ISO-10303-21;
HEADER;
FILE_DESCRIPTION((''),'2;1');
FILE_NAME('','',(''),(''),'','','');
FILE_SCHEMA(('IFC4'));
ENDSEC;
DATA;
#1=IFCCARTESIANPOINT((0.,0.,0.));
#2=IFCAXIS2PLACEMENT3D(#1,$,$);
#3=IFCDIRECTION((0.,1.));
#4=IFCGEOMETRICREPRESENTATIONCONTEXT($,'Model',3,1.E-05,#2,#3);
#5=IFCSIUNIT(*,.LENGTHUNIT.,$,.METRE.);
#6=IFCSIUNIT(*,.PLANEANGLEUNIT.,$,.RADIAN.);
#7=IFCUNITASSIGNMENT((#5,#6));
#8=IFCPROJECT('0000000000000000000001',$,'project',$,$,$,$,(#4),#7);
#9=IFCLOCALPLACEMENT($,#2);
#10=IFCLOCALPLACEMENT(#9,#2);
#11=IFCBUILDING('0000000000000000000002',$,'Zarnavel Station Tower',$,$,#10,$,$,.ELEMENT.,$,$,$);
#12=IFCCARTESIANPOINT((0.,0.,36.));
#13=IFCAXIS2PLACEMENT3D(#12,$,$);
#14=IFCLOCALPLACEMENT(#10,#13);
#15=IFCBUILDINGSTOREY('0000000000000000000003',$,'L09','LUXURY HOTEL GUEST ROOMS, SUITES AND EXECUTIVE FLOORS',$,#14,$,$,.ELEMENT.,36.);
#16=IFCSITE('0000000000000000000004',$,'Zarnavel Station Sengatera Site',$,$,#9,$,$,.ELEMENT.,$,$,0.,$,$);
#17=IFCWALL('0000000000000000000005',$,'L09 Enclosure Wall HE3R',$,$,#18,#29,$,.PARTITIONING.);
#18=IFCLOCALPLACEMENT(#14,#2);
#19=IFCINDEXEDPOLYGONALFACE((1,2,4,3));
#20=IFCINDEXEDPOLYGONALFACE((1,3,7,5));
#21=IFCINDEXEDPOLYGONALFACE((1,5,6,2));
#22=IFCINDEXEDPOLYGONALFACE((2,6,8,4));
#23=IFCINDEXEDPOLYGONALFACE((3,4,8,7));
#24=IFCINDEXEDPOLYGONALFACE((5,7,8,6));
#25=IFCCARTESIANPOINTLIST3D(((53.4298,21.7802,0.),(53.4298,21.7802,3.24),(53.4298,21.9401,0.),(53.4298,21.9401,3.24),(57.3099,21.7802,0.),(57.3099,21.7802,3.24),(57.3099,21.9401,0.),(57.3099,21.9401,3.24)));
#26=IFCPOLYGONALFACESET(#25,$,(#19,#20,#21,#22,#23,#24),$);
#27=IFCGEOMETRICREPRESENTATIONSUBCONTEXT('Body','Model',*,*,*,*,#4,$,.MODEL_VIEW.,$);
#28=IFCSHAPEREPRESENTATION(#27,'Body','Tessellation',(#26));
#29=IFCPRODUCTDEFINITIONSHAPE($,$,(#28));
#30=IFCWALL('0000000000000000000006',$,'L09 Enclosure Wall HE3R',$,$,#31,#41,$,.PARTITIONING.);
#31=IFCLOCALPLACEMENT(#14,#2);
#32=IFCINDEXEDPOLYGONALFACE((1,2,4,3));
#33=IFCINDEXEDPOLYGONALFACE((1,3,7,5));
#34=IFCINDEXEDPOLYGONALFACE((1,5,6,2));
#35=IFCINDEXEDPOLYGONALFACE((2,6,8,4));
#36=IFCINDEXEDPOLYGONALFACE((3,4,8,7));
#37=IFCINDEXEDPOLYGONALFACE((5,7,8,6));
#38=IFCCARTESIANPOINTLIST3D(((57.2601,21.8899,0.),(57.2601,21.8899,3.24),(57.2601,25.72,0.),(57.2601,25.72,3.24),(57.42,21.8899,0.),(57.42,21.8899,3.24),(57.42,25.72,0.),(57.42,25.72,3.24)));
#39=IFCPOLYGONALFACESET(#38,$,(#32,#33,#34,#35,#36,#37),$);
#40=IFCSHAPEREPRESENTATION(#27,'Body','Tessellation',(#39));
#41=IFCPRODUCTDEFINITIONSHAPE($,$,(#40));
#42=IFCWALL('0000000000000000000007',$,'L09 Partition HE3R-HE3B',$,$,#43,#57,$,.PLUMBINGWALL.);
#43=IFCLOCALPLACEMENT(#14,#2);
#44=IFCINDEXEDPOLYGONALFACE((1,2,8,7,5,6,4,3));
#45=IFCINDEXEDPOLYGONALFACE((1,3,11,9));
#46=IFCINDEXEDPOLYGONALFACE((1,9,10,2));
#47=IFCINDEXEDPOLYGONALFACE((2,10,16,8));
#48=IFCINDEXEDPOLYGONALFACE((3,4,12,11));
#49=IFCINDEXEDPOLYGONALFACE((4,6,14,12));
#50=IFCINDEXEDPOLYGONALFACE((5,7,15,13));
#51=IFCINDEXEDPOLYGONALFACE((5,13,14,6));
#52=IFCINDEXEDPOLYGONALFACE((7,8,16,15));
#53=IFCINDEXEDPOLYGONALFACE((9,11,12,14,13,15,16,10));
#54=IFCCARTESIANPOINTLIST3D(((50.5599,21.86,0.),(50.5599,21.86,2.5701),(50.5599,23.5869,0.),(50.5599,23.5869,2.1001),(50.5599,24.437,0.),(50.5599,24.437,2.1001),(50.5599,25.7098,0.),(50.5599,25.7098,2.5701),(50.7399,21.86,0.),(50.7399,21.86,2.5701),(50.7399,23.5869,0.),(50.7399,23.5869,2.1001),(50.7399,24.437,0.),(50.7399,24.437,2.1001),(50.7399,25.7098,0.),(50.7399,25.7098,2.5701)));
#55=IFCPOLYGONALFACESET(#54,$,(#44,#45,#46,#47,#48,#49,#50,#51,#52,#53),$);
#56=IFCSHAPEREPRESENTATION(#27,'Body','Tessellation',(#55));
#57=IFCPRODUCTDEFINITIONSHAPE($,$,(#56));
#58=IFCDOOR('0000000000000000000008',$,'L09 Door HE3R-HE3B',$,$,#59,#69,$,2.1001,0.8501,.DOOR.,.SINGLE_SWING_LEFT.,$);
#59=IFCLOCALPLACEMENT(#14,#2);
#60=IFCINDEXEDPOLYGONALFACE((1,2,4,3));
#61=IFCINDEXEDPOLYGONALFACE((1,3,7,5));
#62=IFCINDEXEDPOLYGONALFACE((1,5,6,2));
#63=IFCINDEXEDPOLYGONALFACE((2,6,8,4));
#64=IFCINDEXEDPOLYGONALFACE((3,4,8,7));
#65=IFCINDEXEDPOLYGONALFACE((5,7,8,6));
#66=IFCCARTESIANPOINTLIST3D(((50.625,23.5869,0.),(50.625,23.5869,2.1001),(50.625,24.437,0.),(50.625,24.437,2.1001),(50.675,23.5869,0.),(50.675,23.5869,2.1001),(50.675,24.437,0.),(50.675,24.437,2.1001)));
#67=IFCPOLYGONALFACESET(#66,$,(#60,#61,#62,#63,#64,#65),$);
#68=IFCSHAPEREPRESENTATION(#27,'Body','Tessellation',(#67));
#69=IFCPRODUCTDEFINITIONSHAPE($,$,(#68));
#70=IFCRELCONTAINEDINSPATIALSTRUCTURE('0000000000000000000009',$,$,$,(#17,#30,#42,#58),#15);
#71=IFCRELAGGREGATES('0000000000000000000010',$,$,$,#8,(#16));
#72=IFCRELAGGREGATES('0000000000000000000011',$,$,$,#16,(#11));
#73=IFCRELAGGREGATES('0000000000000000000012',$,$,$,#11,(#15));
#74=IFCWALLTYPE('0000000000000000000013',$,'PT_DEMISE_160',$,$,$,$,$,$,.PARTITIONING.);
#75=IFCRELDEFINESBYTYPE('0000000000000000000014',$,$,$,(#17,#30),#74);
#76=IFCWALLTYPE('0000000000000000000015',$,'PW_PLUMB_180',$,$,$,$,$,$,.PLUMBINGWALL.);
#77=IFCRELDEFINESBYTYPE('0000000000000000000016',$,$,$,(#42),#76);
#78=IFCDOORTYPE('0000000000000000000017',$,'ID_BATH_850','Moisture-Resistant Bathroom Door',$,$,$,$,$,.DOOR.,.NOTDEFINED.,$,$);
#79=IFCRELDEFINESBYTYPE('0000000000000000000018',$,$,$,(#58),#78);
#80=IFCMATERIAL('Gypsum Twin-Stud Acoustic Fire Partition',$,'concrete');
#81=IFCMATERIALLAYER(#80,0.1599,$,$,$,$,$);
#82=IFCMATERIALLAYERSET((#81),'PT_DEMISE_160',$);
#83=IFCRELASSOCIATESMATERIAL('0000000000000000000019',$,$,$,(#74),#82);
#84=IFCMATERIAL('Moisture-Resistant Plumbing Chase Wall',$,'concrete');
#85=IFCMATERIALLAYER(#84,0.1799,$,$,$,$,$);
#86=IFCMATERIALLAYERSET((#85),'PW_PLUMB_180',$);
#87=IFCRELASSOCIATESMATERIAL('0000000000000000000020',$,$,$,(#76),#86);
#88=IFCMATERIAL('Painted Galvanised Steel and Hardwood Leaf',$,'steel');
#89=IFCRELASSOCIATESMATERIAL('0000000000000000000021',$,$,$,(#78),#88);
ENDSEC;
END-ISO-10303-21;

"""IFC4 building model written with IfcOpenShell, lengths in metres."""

from ifc_helpers import new_model, si_unit, direction, frame, frame_2d, origin, place, context, subcontext, project, spatial, rectangle, extrude, material, layer, layer_set, type_object, element, fill, save


model = new_model("IFC4")

# Units and contexts
model_context = context("Model", 3, precision=1e-05, world=origin(), true_north=direction((0.0, 1.0)))
body_context = subcontext(model_context, "Body", "Model", "MODEL_VIEW")
ifc_project = project(units=[si_unit("LENGTHUNIT", "METRE"), si_unit("PLANEANGLEUNIT", "RADIAN")], contexts=[model_context])

# Site, building, storey
site_placement = place(None, origin())
site = spatial("IfcSite", under=ifc_project, at=site_placement, Name="Zarnavel Station Sengatera Site", CompositionType="ELEMENT", RefElevation=0.0)
building_placement = place(site_placement, origin())
building = spatial("IfcBuilding", under=site, at=building_placement, Name="Zarnavel Station Tower", CompositionType="ELEMENT")
storey_placement = place(building_placement, frame((0.0, 0.0, 36.0)))
storey = spatial("IfcBuildingStorey", under=building, at=storey_placement, Name="L09", Description="LUXURY HOTEL GUEST ROOMS, SUITES AND EXECUTIVE FLOORS", CompositionType="ELEMENT", Elevation=36.0)

# Shared definitions
ifc_material_1 = material(Name="Gypsum Twin-Stud Acoustic Fire Partition", Category="concrete")
ifc_layer_1 = layer(ifc_material_1, 0.1599)
ifc_layer_set_1 = layer_set([ifc_layer_1], Name="PT_DEMISE_160")
wall_type_1 = type_object("IfcWallType", Name="PT_DEMISE_160", PredefinedType="PARTITIONING", material=ifc_layer_set_1)

# Walls
wall_1_placement = place(storey_placement, frame((53.4299, 21.8601, 0.0), z_axis=(0.0, 0.0, 1.0), x_axis=(1.0, 0.0, 0.0)))
element("IfcWall", 1, at=wall_1_placement, inside=storey, type_object=wall_type_1, Name="L09 Enclosure Wall HE3R", PredefinedType="PARTITIONING", context=body_context, shape_type="SweptSolid", body=[
    extrude(rectangle(XDim=3.8801, YDim=0.1599, at=frame_2d((1.9399, 0.0))), origin(), (0.0, 0.0, 1.0), 3.24),
])
wall_2_placement = place(storey_placement, frame((57.3401, 21.8899, 0.0), z_axis=(0.0, 0.0, 1.0), x_axis=(0.0, 1.0, 0.0)))
element("IfcWall", 2, at=wall_2_placement, inside=storey, type_object=wall_type_1, Name="L09 Enclosure Wall HE3R", PredefinedType="PARTITIONING", context=body_context, shape_type="SweptSolid", body=[
    extrude(rectangle(XDim=3.8301, YDim=0.1599, at=frame_2d((1.915, 0.0))), origin(), (0.0, 0.0, 1.0), 3.24),
])

# Wall, opening, door
ifc_material_2 = material(Name="Moisture-Resistant Plumbing Chase Wall", Category="concrete")
ifc_layer_2 = layer(ifc_material_2, 0.1799)
ifc_layer_set_2 = layer_set([ifc_layer_2], Name="PW_PLUMB_180")
wall_type_2 = type_object("IfcWallType", Name="PW_PLUMB_180", PredefinedType="PLUMBINGWALL", material=ifc_layer_set_2)
wall_3_placement = place(storey_placement, frame((50.6499, 21.8601, 0.0), z_axis=(0.0, 0.0, 1.0), x_axis=(0.0, 1.0, 0.0)))
wall_3 = element("IfcWall", 3, at=wall_3_placement, inside=storey, type_object=wall_type_2, Name="L09 Partition HE3R-HE3B", PredefinedType="PLUMBINGWALL", context=body_context, shape_type="SweptSolid", body=[
    extrude(rectangle(XDim=3.8499, YDim=0.1799, at=frame_2d((1.9248, 0.0))), origin(), (0.0, 0.0, 1.0), 2.5701),
])
opening_1_placement = place(wall_3_placement, frame((1.7268, 0.0, 0.0)))
opening_1 = element("IfcOpeningElement", 4, at=opening_1_placement, cuts=wall_3, PredefinedType="OPENING", context=body_context, shape_type="SweptSolid", body=[
    extrude(rectangle(XDim=0.8501, YDim=2.1001, at=frame_2d((0.425, 1.05))), frame((0.0, 0.0999, 0.0), z_axis=(0.0, -1.0, 0.0), x_axis=(1.0, 0.0, 0.0)), (0.0, 0.0, 1.0), 0.2),
])
ifc_material_3 = material(Name="Painted Galvanised Steel and Hardwood Leaf", Category="steel")
door_type_1 = type_object("IfcDoorType", Name="ID_BATH_850", Description="Moisture-Resistant Bathroom Door", OperationType="NOTDEFINED", PredefinedType="DOOR", material=ifc_material_3)
door_1_placement = place(opening_1_placement, origin())
door_1 = element("IfcDoor", 5, at=door_1_placement, inside=storey, type_object=door_type_1, Name="L09 Door HE3R-HE3B", OperationType="SINGLE_SWING_LEFT", OverallHeight=2.1001, OverallWidth=0.8501, PredefinedType="DOOR", context=body_context, shape_type="SweptSolid", body=[
    extrude(rectangle(XDim=0.8501, YDim=2.1001, at=frame_2d((0.425, 1.05))), frame((0.0, 0.0249, 0.0), z_axis=(0.0, -1.0, 0.0), x_axis=(1.0, 0.0, 0.0)), (0.0, 0.0, 1.0), 0.05),
])
fill(opening_1, door_1)

save(model, "model.ifc")
